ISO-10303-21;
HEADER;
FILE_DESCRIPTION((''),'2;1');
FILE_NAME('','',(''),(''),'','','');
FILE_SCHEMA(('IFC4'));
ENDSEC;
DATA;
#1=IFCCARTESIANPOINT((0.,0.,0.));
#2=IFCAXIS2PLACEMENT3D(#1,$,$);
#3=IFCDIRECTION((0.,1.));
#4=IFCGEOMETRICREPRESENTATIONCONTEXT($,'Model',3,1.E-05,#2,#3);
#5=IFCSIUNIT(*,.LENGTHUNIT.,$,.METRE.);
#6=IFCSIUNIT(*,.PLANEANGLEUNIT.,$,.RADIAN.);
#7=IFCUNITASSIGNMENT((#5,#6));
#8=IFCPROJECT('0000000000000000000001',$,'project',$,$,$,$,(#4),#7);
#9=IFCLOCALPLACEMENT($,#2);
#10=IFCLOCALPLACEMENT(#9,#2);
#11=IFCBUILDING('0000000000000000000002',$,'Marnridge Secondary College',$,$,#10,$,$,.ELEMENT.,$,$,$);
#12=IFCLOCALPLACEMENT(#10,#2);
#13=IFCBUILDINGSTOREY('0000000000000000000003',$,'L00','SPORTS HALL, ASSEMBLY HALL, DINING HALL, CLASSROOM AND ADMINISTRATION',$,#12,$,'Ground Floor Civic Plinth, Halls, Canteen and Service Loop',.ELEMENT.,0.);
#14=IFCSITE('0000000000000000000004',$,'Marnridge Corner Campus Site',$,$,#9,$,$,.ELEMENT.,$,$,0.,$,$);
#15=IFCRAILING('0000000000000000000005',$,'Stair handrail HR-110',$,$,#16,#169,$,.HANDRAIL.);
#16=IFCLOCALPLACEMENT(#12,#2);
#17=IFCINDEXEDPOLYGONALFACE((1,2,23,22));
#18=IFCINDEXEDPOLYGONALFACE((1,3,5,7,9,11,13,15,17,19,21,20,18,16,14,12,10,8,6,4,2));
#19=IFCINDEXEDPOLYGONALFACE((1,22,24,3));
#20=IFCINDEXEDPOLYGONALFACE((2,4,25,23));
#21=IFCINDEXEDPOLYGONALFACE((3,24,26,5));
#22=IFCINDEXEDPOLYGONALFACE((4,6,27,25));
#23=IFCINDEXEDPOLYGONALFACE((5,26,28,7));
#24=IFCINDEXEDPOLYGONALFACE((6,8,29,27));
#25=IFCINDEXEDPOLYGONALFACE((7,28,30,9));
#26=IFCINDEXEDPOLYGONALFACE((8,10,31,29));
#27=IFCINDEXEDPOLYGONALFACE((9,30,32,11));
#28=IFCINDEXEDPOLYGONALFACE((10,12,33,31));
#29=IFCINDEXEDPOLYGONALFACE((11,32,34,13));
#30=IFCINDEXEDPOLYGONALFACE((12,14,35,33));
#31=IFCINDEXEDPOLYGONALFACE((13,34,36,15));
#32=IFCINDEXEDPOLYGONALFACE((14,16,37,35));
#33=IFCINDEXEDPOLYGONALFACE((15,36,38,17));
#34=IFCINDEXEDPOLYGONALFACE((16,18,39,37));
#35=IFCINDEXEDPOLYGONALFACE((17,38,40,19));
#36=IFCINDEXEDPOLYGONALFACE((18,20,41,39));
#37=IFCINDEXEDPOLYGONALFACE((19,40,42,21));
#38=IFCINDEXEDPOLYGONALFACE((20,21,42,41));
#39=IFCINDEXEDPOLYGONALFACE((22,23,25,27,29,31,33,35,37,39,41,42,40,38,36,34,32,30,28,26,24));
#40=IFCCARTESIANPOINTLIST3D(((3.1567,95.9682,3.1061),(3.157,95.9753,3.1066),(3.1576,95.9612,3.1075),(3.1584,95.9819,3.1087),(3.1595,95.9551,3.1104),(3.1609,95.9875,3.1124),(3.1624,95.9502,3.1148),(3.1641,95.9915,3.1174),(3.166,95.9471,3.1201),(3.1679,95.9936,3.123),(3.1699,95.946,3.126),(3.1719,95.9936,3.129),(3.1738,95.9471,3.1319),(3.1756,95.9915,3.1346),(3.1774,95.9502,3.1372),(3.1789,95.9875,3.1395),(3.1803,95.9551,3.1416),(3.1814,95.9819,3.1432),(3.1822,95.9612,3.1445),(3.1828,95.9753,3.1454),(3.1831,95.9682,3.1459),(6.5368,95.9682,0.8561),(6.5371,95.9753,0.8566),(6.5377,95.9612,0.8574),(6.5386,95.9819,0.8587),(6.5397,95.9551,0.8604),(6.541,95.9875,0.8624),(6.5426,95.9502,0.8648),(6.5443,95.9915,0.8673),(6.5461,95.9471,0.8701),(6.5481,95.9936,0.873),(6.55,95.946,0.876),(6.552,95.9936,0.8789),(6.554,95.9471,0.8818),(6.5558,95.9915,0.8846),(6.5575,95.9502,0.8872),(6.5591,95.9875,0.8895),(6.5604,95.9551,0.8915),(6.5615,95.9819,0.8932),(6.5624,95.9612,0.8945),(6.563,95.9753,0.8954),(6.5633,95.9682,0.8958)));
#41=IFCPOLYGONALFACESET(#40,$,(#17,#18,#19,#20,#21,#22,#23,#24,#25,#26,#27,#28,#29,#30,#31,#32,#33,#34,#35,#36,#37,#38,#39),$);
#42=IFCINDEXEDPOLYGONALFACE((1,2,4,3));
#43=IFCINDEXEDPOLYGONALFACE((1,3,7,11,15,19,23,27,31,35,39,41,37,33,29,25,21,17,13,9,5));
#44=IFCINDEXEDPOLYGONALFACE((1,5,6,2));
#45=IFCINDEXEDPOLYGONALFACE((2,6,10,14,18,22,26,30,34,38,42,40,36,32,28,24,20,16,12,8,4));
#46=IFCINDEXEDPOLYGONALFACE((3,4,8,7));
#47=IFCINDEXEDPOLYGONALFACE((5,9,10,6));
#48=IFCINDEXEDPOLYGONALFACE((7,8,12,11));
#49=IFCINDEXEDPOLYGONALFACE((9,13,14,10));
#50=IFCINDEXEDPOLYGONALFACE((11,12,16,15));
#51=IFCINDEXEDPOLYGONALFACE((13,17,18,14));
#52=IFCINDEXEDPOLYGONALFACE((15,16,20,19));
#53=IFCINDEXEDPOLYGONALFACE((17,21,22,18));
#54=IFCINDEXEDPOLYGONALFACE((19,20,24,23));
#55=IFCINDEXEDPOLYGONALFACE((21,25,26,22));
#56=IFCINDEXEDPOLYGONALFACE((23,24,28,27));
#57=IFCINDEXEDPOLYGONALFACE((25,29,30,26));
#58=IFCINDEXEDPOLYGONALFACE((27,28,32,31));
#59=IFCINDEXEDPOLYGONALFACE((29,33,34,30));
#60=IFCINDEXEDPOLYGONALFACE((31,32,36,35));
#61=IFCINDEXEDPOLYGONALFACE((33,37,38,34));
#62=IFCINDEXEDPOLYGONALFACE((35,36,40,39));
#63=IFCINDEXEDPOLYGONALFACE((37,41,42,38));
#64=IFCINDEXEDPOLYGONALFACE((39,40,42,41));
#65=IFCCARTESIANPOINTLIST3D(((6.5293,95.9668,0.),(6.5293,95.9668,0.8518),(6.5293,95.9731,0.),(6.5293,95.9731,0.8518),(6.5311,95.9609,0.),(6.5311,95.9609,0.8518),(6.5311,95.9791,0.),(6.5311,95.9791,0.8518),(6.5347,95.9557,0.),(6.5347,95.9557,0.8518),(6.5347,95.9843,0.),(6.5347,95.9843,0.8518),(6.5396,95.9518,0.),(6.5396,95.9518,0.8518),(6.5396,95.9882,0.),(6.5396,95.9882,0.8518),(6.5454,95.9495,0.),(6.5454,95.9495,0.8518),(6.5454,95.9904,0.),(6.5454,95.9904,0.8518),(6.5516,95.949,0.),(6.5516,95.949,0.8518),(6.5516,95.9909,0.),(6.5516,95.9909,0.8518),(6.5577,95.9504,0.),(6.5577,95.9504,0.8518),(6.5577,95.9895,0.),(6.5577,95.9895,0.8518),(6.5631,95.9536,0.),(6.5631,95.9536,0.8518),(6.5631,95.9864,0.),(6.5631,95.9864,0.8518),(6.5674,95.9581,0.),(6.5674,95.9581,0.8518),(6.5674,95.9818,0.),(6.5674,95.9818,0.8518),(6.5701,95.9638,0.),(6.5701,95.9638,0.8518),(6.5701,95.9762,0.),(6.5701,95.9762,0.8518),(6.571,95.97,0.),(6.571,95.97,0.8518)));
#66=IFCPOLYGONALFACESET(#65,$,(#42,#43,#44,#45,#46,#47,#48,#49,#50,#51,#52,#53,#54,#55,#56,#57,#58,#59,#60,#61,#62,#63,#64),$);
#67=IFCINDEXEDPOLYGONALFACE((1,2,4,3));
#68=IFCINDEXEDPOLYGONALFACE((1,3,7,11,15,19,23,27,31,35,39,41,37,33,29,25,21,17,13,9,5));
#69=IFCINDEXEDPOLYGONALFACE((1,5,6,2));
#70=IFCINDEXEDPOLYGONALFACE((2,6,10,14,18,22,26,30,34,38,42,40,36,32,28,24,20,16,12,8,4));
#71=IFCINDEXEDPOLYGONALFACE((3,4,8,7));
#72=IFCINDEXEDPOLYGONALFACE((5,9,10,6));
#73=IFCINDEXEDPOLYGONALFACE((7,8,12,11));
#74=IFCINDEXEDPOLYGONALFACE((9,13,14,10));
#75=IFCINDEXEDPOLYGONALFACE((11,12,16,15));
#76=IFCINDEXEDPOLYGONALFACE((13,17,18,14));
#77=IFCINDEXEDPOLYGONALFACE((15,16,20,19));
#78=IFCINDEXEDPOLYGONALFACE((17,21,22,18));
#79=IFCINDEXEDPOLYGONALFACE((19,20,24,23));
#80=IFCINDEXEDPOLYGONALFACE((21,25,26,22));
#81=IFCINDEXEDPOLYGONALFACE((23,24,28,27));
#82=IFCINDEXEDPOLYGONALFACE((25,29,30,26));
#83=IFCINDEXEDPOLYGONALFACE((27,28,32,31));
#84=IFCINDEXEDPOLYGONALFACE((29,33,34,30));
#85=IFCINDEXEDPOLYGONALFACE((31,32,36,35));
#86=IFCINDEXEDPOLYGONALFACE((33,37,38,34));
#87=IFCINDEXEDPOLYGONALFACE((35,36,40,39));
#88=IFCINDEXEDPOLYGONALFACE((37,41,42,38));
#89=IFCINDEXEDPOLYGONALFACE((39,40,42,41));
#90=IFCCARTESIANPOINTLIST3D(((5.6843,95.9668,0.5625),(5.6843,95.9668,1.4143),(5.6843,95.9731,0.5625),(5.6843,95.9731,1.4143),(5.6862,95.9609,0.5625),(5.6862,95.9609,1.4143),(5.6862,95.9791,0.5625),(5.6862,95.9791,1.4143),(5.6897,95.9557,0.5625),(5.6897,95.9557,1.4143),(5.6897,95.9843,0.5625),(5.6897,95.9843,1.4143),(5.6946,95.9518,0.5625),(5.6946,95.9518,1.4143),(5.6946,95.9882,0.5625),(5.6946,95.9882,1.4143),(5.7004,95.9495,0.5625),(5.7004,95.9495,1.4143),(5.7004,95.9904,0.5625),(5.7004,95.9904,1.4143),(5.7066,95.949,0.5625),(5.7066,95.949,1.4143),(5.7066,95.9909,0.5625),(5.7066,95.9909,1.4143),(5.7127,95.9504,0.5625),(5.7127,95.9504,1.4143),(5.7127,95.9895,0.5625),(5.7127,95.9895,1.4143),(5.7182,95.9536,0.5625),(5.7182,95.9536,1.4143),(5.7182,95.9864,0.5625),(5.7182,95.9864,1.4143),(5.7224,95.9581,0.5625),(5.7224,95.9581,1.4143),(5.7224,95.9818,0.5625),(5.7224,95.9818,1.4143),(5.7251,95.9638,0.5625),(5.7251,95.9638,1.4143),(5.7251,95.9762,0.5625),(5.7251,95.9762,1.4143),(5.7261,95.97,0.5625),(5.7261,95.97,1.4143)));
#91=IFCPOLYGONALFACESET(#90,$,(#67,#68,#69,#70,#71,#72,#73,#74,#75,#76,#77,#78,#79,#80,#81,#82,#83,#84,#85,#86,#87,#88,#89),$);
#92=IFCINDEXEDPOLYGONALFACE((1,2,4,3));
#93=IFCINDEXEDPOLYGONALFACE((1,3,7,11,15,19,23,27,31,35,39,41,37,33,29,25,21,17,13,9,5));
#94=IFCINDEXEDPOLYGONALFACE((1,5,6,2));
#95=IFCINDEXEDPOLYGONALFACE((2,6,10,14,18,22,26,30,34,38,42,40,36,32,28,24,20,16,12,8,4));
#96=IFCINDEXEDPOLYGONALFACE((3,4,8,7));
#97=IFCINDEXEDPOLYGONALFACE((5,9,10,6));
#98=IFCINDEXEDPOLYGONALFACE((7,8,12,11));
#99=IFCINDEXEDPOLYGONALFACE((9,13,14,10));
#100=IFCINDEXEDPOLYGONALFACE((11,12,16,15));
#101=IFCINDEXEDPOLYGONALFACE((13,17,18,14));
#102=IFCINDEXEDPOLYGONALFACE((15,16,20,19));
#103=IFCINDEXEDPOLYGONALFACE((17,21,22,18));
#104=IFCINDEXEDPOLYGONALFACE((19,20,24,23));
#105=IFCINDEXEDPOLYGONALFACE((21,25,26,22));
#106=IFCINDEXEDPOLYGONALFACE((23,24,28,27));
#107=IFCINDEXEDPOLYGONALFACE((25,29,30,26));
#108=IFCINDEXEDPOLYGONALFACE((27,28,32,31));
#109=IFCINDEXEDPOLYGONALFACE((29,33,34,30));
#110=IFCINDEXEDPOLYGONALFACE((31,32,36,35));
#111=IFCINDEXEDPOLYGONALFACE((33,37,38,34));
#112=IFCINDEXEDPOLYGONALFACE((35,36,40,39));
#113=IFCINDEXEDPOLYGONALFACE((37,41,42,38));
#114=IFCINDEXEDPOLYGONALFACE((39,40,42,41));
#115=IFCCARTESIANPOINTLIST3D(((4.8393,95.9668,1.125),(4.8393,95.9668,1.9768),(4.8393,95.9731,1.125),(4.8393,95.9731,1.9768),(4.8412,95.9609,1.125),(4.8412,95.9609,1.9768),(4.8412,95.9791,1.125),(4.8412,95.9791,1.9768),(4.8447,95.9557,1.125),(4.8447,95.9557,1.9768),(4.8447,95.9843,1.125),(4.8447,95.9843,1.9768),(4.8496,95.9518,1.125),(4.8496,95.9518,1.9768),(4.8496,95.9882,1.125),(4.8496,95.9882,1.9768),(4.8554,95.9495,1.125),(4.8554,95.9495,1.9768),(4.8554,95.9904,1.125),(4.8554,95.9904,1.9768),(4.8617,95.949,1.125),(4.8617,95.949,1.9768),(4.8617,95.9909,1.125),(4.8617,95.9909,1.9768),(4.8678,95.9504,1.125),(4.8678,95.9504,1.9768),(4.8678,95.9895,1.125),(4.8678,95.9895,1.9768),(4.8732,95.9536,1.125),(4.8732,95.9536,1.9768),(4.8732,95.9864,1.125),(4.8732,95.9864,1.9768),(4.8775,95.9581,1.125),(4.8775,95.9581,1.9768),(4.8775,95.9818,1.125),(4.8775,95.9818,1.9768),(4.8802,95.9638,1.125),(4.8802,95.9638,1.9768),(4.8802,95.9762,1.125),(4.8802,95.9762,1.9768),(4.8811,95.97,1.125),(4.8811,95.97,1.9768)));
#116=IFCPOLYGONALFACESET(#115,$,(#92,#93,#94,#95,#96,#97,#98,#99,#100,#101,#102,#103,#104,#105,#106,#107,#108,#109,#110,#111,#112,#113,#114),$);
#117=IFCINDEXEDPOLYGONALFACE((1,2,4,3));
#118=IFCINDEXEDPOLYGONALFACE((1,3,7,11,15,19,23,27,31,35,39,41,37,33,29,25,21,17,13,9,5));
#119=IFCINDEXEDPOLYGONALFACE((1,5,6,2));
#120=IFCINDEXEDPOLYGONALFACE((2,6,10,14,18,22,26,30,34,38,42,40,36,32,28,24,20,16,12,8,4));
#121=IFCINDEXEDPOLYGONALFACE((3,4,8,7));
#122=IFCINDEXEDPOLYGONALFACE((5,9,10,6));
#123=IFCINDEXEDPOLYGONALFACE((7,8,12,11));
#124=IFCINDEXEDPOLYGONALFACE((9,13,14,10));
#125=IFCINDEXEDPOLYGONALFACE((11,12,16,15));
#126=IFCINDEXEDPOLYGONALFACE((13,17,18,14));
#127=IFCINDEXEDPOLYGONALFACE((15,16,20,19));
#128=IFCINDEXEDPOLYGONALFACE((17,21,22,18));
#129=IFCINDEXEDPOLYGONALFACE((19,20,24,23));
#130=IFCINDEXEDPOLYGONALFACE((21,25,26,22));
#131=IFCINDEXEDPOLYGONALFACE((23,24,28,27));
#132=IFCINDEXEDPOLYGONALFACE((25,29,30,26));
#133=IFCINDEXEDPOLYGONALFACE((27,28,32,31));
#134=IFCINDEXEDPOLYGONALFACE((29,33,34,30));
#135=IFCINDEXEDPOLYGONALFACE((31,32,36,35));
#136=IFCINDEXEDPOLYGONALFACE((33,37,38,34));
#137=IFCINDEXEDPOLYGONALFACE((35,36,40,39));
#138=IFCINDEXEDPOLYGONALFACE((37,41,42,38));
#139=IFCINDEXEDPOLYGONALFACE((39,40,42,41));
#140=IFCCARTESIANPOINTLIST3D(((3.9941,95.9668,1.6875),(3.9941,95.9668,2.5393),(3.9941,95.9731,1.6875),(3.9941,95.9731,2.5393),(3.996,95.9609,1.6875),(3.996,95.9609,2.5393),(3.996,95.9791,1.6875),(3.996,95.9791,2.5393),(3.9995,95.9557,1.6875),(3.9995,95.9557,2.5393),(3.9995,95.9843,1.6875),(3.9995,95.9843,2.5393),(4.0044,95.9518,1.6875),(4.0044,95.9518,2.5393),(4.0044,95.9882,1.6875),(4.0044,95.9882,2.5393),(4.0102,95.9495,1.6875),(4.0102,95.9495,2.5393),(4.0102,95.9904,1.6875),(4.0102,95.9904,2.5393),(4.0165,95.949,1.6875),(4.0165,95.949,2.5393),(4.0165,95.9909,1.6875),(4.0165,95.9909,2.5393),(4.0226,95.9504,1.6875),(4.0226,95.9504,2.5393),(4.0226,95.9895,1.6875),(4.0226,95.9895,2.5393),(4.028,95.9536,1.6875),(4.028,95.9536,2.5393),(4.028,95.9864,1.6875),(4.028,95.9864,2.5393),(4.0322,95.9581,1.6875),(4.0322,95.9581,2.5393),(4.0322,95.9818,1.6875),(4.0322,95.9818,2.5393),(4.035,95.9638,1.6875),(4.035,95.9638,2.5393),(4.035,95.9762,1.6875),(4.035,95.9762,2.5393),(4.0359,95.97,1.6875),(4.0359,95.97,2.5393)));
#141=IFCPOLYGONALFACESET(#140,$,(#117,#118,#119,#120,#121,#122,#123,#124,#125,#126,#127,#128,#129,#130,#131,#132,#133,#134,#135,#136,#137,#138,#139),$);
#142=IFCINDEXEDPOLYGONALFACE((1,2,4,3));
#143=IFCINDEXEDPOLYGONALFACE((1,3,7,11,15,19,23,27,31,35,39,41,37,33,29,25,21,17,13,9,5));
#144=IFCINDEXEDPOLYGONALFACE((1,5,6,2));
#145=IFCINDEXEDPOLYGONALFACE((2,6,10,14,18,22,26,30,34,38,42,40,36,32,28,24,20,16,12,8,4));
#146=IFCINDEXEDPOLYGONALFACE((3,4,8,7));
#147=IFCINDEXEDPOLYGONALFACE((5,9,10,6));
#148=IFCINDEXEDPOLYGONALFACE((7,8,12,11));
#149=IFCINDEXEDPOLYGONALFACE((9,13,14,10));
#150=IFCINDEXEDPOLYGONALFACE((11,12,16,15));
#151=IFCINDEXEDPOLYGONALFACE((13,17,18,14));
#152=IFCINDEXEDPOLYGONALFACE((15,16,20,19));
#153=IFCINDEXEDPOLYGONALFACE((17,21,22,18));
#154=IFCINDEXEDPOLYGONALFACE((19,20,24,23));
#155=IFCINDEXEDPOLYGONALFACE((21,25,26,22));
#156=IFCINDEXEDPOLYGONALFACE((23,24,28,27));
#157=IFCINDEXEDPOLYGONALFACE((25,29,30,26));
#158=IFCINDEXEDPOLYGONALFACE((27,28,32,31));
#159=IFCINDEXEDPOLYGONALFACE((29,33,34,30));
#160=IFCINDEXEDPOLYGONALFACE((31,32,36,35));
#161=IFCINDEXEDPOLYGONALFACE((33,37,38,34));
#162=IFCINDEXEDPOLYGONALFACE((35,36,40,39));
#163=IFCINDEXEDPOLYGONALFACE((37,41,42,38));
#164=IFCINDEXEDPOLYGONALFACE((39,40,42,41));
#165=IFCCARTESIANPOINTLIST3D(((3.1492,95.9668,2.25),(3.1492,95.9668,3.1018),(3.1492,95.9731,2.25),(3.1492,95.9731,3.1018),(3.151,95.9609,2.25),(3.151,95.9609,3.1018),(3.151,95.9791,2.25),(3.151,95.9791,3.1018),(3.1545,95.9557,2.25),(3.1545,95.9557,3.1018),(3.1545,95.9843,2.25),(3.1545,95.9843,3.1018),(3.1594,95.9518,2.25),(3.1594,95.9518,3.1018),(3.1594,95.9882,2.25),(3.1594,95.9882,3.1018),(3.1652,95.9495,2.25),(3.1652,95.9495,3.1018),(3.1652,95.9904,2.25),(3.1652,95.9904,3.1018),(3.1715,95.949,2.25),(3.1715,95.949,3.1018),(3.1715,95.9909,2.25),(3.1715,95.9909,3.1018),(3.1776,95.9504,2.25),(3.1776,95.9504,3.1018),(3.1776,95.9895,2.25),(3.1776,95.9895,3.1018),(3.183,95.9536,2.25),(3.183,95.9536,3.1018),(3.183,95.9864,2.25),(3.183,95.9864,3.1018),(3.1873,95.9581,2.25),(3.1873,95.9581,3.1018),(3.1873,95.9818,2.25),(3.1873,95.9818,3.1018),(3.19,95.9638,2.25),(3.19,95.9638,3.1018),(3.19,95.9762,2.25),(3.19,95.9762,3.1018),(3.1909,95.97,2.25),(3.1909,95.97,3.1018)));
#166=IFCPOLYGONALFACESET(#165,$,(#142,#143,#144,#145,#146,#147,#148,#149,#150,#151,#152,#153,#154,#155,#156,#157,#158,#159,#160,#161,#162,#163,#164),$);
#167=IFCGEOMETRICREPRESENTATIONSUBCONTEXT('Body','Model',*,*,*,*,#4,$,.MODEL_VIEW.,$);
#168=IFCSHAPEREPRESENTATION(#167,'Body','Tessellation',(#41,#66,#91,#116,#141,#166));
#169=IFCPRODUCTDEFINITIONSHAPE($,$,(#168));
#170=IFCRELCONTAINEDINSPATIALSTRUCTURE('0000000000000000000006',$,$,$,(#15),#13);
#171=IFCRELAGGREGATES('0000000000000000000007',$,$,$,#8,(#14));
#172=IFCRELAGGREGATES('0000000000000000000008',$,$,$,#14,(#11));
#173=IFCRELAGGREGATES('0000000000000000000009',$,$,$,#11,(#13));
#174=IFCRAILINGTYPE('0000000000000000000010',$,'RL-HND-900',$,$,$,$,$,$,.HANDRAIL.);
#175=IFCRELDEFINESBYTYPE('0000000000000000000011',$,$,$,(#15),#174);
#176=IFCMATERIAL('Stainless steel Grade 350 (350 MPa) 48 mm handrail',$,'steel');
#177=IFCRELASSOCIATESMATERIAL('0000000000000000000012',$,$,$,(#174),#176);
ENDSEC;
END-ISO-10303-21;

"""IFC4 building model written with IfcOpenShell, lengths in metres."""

from ifc_helpers import new_model, si_unit, direction, frame, origin, origin_2d, place, context, subcontext, project, spatial, circle, extrude, material, type_object, element, save


model = new_model("IFC4")

# Units and contexts
model_context = context("Model", 3, precision=1e-05, world=origin(), true_north=direction((0.0, 1.0)))
body_context = subcontext(model_context, "Body", "Model", "MODEL_VIEW")
ifc_project = project(units=[si_unit("LENGTHUNIT", "METRE"), si_unit("PLANEANGLEUNIT", "RADIAN")], contexts=[model_context])

# Site, building, storey
site_placement = place(None, origin())
site = spatial("IfcSite", under=ifc_project, at=site_placement, Name="Marnridge Corner Campus Site", CompositionType="ELEMENT", RefElevation=0.0)
building_placement = place(site_placement, origin())
building = spatial("IfcBuilding", under=site, at=building_placement, Name="Marnridge Secondary College", CompositionType="ELEMENT")
storey_placement = place(building_placement, origin())
storey = spatial("IfcBuildingStorey", under=building, at=storey_placement, Name="L00", Description="SPORTS HALL, ASSEMBLY HALL, DINING HALL, CLASSROOM AND ADMINISTRATION", LongName="Ground Floor Civic Plinth, Halls, Canteen and Service Loop", CompositionType="ELEMENT", Elevation=0.0)

# Railing
ifc_material_1 = material(Name="Stainless steel Grade 350 (350 MPa) 48 mm handrail", Category="steel")
railing_type = type_object("IfcRailingType", Name="RL-HND-900", PredefinedType="HANDRAIL", material=ifc_material_1)
railing_placement = place(storey_placement, frame((6.55, 95.97, 0.0)))
element("IfcRailing", 1, at=railing_placement, inside=storey, type_object=railing_type, Name="Stair handrail HR-110", PredefinedType="HANDRAIL", context=body_context, shape_type="SweptSolid", body=[
    extrude(circle(Radius=0.0239, at=origin_2d()), frame((0.0, 0.0, 0.876), z_axis=(-0.832439, 0.0, 0.554117), x_axis=(0.0, -1.0, 0.0)), (0.0, 0.0, 1.0), 4.0605),
    extrude(circle(Radius=0.021, at=origin_2d()), origin(), (0.0, 0.0, 1.0), 0.8518),
    extrude(circle(Radius=0.021, at=origin_2d()), frame((-0.845, 0.0, 0.5625)), (0.0, 0.0, 1.0), 0.8518),
    extrude(circle(Radius=0.021, at=origin_2d()), frame((-1.6899, 0.0, 1.125)), (0.0, 0.0, 1.0), 0.8518),
    extrude(circle(Radius=0.021, at=origin_2d()), frame((-2.5352, 0.0, 1.6875)), (0.0, 0.0, 1.0), 0.8518),
    extrude(circle(Radius=0.021, at=origin_2d()), frame((-3.3801, 0.0, 2.25)), (0.0, 0.0, 1.0), 0.8518),
])

save(model, "model.ifc")
